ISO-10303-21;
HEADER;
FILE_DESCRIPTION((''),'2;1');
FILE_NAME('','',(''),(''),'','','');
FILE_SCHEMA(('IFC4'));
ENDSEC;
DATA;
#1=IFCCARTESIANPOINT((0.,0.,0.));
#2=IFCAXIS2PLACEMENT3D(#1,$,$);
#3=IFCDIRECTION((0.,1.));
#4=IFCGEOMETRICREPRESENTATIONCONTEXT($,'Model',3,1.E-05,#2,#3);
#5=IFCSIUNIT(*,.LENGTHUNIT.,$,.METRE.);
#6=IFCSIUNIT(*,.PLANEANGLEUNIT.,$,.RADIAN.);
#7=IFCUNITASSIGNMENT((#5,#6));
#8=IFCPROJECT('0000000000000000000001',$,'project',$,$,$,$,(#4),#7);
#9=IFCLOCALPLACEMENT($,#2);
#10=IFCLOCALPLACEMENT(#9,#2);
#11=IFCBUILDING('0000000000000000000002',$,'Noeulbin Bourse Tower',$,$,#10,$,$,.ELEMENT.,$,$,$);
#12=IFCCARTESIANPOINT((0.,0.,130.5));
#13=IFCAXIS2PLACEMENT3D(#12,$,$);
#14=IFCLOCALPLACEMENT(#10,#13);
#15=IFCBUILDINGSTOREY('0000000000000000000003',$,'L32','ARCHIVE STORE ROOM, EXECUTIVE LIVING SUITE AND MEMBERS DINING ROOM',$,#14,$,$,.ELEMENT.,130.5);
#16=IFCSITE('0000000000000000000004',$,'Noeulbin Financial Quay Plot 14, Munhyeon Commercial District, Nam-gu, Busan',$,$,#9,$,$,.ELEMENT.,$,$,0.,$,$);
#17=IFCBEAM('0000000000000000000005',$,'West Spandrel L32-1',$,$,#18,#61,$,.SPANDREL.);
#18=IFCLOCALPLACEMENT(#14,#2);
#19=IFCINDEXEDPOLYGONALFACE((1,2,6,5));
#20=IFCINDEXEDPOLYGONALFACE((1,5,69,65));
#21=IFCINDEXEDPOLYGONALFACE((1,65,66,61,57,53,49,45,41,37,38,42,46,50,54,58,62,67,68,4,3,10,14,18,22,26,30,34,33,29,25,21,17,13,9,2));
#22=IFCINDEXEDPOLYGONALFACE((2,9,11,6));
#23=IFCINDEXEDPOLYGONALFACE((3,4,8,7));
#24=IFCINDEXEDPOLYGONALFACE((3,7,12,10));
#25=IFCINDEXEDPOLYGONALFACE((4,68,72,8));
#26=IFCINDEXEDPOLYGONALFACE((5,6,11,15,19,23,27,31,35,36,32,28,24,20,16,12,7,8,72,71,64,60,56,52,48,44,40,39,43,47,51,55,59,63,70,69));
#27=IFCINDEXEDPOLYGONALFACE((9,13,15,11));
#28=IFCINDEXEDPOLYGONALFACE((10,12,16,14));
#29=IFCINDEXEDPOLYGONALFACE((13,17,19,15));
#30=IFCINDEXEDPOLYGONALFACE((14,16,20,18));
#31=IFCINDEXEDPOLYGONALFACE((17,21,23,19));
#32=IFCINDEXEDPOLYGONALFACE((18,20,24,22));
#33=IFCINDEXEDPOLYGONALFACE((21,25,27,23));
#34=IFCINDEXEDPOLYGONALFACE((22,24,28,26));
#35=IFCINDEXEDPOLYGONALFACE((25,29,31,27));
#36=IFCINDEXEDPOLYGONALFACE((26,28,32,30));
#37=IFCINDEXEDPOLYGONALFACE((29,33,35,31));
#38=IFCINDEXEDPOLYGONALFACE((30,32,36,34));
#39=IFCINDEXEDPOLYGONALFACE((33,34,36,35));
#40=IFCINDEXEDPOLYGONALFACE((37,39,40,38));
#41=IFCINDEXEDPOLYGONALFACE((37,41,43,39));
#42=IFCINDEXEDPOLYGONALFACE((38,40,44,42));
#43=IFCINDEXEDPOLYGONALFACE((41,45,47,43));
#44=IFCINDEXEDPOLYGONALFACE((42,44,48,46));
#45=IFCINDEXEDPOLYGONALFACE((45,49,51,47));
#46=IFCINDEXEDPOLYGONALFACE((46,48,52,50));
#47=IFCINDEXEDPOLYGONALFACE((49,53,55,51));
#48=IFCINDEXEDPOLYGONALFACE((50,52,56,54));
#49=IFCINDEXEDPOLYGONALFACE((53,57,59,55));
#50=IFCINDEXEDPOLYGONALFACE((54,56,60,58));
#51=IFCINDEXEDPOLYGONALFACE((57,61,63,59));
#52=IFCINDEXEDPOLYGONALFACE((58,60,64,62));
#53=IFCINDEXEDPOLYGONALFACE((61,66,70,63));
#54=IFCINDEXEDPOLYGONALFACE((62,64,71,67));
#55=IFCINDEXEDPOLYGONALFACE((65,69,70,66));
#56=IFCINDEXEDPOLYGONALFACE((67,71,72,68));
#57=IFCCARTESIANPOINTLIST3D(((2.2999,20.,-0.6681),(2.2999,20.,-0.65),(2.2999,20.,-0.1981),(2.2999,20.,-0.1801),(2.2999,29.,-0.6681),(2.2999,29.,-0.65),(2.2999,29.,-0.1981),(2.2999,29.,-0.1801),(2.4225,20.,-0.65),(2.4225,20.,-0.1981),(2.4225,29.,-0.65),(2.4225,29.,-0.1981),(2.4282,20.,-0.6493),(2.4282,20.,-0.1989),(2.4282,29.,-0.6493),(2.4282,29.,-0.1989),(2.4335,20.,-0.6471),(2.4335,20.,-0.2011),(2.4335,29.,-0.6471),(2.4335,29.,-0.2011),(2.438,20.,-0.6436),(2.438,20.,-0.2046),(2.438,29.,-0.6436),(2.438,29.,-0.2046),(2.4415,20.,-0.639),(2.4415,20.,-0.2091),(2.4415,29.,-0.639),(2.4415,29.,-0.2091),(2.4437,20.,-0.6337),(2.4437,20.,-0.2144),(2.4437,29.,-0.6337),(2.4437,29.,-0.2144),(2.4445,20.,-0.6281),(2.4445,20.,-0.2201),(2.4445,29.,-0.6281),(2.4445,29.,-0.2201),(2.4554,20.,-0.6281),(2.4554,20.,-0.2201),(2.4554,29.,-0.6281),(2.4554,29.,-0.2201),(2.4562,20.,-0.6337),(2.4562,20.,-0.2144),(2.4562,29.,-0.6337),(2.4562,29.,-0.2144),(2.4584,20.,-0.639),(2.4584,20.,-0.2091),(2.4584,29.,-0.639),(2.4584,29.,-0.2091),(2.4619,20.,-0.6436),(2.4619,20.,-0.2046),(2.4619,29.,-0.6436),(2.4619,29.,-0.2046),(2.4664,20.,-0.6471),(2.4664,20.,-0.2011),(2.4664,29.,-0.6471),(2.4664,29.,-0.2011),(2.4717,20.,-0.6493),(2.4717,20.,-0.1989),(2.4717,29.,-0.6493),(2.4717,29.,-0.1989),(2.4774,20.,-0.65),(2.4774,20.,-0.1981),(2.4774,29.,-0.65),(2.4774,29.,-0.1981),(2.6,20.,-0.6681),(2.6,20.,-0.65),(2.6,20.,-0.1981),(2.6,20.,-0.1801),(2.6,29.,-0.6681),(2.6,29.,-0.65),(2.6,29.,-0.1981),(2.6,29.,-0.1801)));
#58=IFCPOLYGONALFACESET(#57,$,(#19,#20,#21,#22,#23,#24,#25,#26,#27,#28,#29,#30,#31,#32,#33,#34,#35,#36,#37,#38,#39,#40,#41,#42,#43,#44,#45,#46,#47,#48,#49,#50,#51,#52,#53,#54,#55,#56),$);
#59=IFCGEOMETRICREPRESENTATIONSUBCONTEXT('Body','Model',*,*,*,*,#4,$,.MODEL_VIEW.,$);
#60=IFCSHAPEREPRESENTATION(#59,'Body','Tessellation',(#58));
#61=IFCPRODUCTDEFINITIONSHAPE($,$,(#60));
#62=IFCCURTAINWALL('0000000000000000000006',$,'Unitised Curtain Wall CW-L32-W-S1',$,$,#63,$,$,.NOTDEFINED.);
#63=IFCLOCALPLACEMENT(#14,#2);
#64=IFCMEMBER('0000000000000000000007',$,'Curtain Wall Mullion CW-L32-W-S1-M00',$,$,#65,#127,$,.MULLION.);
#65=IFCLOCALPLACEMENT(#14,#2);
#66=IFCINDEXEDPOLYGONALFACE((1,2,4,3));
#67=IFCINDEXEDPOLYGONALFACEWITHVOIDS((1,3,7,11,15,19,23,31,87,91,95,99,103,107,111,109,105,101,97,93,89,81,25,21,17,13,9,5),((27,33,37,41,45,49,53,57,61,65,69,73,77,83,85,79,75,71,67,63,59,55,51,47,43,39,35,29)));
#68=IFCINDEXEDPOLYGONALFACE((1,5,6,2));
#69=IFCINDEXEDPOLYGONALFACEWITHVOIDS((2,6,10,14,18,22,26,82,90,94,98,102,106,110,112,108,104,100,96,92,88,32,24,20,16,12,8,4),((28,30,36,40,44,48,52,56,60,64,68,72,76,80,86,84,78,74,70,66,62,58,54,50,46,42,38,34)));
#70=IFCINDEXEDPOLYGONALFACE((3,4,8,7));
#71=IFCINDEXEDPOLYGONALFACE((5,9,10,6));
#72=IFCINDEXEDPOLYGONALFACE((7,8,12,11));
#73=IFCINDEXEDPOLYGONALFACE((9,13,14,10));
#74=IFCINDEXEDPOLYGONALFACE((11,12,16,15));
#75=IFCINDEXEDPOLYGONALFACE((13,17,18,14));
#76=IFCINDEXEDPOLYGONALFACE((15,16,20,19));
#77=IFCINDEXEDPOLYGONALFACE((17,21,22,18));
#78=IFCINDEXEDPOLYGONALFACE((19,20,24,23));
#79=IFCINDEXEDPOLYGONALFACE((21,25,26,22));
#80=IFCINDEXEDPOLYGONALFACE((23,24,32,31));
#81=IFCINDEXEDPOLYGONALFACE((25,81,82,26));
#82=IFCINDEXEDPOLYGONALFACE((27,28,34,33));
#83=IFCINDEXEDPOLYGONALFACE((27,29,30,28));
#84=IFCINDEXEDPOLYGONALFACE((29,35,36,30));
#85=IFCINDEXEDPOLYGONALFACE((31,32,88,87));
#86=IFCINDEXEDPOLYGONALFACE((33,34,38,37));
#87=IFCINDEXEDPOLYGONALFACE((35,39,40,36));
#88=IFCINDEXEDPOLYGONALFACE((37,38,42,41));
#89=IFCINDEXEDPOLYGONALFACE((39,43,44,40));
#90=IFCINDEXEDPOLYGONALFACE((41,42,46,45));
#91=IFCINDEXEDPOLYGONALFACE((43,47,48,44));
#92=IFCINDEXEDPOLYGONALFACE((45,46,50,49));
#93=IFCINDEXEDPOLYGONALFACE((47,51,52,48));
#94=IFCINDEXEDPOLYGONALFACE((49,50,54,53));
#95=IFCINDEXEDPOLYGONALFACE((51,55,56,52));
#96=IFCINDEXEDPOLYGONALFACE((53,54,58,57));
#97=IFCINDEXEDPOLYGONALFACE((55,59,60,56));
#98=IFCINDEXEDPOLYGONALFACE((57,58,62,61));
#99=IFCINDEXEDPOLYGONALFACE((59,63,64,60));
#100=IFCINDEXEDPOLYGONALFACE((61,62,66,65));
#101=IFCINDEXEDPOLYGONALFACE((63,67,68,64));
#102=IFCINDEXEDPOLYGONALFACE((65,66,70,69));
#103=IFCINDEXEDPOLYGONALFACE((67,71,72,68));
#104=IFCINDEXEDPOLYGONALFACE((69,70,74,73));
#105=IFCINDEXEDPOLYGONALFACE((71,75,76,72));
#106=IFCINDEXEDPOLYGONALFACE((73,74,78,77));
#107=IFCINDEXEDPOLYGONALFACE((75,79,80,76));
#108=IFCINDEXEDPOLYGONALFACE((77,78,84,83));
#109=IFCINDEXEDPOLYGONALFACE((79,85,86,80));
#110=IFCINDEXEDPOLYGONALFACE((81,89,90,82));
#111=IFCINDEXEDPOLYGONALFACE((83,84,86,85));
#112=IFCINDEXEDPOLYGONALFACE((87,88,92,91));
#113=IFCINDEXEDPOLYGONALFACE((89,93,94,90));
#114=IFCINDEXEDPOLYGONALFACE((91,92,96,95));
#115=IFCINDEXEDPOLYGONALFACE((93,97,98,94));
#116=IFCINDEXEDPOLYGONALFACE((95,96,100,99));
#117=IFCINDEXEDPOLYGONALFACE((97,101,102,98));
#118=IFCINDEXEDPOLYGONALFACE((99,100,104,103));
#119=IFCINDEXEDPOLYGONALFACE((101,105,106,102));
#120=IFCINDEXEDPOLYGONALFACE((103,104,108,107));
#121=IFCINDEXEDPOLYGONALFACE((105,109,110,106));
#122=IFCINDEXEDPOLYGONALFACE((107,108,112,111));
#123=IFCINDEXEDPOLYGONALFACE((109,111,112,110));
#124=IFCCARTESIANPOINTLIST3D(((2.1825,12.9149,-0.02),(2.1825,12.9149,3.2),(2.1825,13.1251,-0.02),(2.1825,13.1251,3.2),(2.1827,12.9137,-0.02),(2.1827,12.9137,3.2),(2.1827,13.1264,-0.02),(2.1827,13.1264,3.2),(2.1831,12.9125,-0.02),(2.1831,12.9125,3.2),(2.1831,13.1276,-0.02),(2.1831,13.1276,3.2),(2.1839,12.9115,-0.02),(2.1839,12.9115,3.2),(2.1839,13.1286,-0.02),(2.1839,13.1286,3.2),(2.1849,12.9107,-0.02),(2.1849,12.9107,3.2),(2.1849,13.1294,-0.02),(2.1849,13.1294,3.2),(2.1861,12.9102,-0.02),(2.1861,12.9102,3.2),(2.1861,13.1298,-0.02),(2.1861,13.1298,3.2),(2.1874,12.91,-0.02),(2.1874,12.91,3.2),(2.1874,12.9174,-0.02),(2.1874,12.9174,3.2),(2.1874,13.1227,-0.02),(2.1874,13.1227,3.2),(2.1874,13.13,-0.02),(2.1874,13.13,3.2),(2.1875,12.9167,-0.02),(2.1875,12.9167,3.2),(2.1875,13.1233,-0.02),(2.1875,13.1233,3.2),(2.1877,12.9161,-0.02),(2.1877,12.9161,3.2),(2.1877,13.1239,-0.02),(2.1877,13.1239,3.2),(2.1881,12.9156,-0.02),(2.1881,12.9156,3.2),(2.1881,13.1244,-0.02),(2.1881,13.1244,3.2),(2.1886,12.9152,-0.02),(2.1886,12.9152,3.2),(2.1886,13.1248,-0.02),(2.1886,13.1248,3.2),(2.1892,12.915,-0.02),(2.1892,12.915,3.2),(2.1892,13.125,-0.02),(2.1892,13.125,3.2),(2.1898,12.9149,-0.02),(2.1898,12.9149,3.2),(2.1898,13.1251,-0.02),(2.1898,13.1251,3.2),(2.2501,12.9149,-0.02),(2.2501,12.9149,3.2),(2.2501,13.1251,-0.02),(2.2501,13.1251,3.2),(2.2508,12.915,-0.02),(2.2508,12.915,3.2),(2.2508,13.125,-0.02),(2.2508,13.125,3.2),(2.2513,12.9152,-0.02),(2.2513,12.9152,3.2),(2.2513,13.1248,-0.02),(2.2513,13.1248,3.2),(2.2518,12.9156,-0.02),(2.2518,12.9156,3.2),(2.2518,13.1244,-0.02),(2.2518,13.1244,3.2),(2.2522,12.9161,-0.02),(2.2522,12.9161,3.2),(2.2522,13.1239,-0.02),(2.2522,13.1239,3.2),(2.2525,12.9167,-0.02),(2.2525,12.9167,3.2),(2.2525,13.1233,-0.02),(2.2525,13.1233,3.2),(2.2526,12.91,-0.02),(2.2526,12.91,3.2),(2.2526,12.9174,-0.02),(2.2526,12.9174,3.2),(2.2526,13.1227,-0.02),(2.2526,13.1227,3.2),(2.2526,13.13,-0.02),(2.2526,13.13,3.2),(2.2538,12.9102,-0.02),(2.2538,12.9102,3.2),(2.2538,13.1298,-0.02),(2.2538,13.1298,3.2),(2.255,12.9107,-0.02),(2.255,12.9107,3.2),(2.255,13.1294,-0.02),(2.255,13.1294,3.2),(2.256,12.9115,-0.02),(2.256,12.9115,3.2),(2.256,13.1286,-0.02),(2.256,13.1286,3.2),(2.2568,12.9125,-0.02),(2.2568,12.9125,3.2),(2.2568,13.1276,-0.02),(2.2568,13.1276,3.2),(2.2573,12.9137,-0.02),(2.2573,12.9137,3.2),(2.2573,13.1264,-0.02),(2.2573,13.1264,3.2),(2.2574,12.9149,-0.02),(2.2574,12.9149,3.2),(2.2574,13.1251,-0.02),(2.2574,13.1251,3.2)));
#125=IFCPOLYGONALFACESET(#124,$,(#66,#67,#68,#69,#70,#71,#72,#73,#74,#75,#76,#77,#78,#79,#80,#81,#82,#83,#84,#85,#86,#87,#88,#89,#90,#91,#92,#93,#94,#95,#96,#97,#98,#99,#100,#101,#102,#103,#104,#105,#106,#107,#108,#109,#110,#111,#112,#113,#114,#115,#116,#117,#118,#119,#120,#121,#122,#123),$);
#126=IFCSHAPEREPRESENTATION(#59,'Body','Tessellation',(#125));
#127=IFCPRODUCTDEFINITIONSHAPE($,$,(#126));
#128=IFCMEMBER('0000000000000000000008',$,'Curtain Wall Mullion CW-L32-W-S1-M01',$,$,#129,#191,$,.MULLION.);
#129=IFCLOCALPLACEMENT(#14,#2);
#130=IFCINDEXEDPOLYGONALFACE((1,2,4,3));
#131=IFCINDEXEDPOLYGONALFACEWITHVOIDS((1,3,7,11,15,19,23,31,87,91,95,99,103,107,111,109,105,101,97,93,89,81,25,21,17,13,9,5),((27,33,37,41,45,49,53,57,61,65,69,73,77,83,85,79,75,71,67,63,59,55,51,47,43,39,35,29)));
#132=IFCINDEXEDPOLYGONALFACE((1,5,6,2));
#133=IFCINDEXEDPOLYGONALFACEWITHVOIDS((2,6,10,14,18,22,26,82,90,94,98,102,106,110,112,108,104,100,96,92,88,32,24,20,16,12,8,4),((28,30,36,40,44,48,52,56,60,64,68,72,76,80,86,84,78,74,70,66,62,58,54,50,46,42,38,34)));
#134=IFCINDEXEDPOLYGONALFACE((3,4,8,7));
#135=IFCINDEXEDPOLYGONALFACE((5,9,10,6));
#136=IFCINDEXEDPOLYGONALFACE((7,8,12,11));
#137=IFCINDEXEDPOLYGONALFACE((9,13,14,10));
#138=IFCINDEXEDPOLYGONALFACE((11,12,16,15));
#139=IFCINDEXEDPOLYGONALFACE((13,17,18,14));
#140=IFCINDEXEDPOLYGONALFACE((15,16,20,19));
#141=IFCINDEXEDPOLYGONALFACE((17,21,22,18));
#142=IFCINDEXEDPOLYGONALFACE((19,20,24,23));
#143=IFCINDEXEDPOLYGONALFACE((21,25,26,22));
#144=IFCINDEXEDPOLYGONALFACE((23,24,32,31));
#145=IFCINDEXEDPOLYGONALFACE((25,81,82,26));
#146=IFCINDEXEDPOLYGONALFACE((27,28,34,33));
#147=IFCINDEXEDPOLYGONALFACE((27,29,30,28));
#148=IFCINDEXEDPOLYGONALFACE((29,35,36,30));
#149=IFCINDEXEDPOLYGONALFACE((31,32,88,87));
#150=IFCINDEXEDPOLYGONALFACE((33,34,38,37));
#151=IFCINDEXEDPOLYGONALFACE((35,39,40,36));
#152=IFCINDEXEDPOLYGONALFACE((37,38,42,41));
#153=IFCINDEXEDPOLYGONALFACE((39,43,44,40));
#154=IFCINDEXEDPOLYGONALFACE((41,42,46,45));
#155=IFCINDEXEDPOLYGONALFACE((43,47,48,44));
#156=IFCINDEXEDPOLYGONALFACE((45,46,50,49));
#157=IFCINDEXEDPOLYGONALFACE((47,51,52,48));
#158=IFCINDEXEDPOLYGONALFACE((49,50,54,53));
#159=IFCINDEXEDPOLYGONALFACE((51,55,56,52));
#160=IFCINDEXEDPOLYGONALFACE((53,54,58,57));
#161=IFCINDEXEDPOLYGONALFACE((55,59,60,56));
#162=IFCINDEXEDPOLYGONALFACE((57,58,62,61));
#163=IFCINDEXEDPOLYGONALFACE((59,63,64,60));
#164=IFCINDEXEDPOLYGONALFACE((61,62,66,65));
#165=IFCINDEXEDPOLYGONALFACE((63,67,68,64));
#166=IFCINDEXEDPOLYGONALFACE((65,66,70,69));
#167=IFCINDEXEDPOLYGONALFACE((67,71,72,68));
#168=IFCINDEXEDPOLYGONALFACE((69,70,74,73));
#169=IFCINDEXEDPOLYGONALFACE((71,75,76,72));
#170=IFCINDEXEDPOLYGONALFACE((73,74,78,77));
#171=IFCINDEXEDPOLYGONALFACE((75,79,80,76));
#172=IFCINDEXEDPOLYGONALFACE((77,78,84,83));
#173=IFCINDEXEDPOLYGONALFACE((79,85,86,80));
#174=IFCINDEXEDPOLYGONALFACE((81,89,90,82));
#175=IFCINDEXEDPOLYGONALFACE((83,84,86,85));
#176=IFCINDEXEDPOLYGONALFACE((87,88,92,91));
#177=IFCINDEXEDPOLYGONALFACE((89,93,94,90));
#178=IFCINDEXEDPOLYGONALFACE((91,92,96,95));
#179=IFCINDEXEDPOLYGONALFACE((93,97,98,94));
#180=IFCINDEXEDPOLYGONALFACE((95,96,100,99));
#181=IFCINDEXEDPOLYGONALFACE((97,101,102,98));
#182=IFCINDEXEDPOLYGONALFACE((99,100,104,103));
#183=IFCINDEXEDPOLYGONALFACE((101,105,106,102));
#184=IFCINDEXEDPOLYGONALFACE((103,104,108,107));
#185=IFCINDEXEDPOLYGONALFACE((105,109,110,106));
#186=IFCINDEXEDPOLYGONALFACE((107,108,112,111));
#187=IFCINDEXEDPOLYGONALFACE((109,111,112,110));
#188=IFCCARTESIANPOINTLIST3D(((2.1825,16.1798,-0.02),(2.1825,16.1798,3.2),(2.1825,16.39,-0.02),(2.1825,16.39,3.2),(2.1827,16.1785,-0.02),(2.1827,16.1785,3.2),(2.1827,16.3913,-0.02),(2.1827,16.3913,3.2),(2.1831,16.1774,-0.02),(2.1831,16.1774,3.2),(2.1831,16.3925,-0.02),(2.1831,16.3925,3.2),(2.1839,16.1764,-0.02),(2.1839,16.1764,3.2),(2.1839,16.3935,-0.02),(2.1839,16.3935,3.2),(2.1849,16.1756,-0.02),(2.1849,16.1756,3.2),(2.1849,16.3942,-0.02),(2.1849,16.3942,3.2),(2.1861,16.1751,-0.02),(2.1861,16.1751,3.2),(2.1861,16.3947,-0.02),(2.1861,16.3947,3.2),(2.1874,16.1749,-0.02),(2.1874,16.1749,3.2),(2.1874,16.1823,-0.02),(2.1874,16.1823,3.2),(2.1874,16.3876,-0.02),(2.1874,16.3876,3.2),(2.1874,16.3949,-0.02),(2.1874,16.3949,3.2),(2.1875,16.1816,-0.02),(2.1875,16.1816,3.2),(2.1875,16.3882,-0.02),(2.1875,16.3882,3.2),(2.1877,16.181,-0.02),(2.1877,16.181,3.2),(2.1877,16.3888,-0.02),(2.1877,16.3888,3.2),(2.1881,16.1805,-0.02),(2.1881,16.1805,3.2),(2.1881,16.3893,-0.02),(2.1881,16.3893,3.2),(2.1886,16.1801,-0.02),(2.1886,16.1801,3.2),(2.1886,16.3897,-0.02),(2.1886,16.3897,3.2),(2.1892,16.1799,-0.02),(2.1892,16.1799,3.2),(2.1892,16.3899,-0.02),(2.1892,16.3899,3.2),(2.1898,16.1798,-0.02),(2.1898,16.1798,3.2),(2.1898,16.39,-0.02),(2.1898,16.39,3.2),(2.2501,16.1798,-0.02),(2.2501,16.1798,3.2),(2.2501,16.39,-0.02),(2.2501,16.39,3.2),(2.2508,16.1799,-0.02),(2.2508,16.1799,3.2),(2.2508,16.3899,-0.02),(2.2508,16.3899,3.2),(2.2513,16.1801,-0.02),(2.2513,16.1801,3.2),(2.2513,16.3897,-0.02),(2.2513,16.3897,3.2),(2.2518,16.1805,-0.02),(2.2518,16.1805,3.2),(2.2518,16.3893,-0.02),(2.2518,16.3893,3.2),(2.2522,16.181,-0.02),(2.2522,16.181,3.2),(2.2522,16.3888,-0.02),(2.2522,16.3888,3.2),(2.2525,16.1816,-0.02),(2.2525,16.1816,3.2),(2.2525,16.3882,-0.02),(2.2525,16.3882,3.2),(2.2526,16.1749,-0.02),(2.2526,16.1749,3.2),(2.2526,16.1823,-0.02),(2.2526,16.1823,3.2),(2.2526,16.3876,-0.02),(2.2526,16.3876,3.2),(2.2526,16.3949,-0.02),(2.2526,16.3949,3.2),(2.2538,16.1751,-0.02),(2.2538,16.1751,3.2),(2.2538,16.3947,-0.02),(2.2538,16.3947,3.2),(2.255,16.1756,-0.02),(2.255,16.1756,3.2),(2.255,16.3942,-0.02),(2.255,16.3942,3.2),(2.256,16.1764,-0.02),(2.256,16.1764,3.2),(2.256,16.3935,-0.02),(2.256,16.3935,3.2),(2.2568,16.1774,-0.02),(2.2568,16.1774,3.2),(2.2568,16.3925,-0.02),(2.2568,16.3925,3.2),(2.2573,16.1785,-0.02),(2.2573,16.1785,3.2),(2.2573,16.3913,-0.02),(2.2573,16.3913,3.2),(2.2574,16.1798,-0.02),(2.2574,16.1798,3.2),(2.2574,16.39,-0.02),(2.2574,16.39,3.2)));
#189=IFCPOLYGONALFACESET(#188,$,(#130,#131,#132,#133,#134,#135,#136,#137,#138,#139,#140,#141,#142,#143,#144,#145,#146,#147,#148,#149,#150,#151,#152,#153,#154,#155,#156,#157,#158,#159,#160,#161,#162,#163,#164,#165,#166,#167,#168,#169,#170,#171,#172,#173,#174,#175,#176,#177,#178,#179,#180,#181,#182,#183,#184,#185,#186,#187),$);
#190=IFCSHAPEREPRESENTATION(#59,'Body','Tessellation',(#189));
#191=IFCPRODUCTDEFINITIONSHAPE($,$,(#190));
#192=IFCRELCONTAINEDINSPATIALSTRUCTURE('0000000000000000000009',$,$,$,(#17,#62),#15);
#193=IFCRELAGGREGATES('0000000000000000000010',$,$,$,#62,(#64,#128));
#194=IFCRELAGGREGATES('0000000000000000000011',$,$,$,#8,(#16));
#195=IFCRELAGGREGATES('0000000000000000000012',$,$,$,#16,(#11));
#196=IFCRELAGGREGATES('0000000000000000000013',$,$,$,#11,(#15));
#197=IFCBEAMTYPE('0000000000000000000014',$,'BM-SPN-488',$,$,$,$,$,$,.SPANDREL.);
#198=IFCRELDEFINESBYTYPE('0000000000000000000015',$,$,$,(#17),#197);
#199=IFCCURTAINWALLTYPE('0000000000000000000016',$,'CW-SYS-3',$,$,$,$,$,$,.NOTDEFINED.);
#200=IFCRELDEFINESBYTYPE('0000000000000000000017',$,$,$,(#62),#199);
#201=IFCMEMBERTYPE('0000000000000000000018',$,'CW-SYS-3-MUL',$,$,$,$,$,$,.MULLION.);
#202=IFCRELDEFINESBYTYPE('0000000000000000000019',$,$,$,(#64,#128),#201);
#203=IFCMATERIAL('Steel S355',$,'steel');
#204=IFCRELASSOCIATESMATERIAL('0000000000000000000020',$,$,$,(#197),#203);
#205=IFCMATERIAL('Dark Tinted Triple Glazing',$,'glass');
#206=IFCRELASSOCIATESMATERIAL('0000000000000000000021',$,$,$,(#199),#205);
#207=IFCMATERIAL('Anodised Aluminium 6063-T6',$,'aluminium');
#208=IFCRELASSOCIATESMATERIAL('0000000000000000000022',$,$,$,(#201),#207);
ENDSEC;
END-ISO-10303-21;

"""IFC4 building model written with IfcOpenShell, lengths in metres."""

from ifc_helpers import new_model, si_unit, direction, frame, origin, origin_2d, place, context, subcontext, project, spatial, hollow_rectangle, i_section, extrude, material, material_profile, profile_set, type_object, element, aggregate, save


model = new_model("IFC4")

# Units and contexts
model_context = context("Model", 3, precision=1e-05, world=origin(), true_north=direction((0.0, 1.0)))
body_context = subcontext(model_context, "Body", "Model", "MODEL_VIEW")
ifc_project = project(units=[si_unit("LENGTHUNIT", "METRE"), si_unit("PLANEANGLEUNIT", "RADIAN")], contexts=[model_context])

# Site, building, storey
site_placement = place(None, origin())
site = spatial("IfcSite", under=ifc_project, at=site_placement, Name="Noeulbin Financial Quay Plot 14, Munhyeon Commercial District, Nam-gu, Busan", CompositionType="ELEMENT", RefElevation=0.0)
building_placement = place(site_placement, origin())
building = spatial("IfcBuilding", under=site, at=building_placement, Name="Noeulbin Bourse Tower", CompositionType="ELEMENT")
storey_placement = place(building_placement, frame((0.0, 0.0, 130.5)))
storey = spatial("IfcBuildingStorey", under=building, at=storey_placement, Name="L32", Description="ARCHIVE STORE ROOM, EXECUTIVE LIVING SUITE AND MEMBERS DINING ROOM", CompositionType="ELEMENT", Elevation=130.5)

# Shared definitions
ifc_material_1 = material(Name="Steel S355", Category="steel")

# Beam
ifc_material_profile_1 = material_profile(ifc_material_1, i_section(OverallWidth=0.3, OverallDepth=0.488, WebThickness=0.011, FlangeThickness=0.0181, FilletRadius=0.022, at=origin_2d()), Name="H-488x300x11x18", Category="LoadBearing")
ifc_profile_set_1 = profile_set([ifc_material_profile_1], Name="Steel S355")
beam_type_1 = type_object("IfcBeamType", Name="BM-SPN-488", PredefinedType="SPANDREL", material=ifc_profile_set_1)
beam_1_placement = place(storey_placement, frame((2.45, 20.0, -0.4241), z_axis=(0.0, 1.0, 0.0), x_axis=(-1.0, 0.0, 0.0)))
element("IfcBeam", 1, at=beam_1_placement, inside=storey, type_object=beam_type_1, Name="West Spandrel L32-1", PredefinedType="SPANDREL", context=body_context, shape_type="SweptSolid", body=[
    extrude(i_section(OverallWidth=0.3, OverallDepth=0.488, WebThickness=0.011, FlangeThickness=0.0181, FilletRadius=0.022, at=origin_2d()), origin(), (0.0, 0.0, 1.0), 9.0),
])

# Curtain wall, members
ifc_material_2 = material(Name="Dark Tinted Triple Glazing", Category="glass")
curtain_wall_type = type_object("IfcCurtainWallType", Name="CW-SYS-3", PredefinedType="NOTDEFINED", material=ifc_material_2)
curtain_wall_placement = place(storey_placement, origin())
curtain_wall = element("IfcCurtainWall", 2, at=curtain_wall_placement, inside=storey, type_object=curtain_wall_type, Name="Unitised Curtain Wall CW-L32-W-S1", PredefinedType="NOTDEFINED")
ifc_material_3 = material(Name="Anodised Aluminium 6063-T6", Category="aluminium")
ifc_material_profile_2 = material_profile(ifc_material_3, hollow_rectangle(XDim=0.075, YDim=0.22, WallThickness=0.0049, InnerFilletRadius=0.0024, OuterFilletRadius=0.0049, at=origin_2d()), Name="ALU-MULL-75x220x5", Category="LoadBearing")
ifc_profile_set_2 = profile_set([ifc_material_profile_2], Name="Anodised Aluminium 6063-T6")
member_type_1 = type_object("IfcMemberType", Name="CW-SYS-3-MUL", PredefinedType="MULLION", material=ifc_profile_set_2)
member_1_placement = place(storey_placement, frame((2.22, 13.02, -0.02), z_axis=(0.0, 0.0, 1.0), x_axis=(1.0, 0.0, 0.0)))
member_1 = element("IfcMember", 3, at=member_1_placement, type_object=member_type_1, Name="Curtain Wall Mullion CW-L32-W-S1-M00", PredefinedType="MULLION", context=body_context, shape_type="SweptSolid", body=[
    extrude(hollow_rectangle(XDim=0.075, YDim=0.22, WallThickness=0.0049, InnerFilletRadius=0.0024, OuterFilletRadius=0.0049, at=origin_2d()), origin(), (0.0, 0.0, 1.0), 3.22),
])
member_2_placement = place(storey_placement, frame((2.22, 16.2849, -0.02), z_axis=(0.0, 0.0, 1.0), x_axis=(1.0, 0.0, 0.0)))
member_2 = element("IfcMember", 4, at=member_2_placement, type_object=member_type_1, Name="Curtain Wall Mullion CW-L32-W-S1-M01", PredefinedType="MULLION", context=body_context, shape_type="SweptSolid", body=[
    extrude(hollow_rectangle(XDim=0.075, YDim=0.22, WallThickness=0.0049, InnerFilletRadius=0.0024, OuterFilletRadius=0.0049, at=origin_2d()), origin(), (0.0, 0.0, 1.0), 3.22),
])
aggregate(curtain_wall, [member_1, member_2])

save(model, "model.ifc")
